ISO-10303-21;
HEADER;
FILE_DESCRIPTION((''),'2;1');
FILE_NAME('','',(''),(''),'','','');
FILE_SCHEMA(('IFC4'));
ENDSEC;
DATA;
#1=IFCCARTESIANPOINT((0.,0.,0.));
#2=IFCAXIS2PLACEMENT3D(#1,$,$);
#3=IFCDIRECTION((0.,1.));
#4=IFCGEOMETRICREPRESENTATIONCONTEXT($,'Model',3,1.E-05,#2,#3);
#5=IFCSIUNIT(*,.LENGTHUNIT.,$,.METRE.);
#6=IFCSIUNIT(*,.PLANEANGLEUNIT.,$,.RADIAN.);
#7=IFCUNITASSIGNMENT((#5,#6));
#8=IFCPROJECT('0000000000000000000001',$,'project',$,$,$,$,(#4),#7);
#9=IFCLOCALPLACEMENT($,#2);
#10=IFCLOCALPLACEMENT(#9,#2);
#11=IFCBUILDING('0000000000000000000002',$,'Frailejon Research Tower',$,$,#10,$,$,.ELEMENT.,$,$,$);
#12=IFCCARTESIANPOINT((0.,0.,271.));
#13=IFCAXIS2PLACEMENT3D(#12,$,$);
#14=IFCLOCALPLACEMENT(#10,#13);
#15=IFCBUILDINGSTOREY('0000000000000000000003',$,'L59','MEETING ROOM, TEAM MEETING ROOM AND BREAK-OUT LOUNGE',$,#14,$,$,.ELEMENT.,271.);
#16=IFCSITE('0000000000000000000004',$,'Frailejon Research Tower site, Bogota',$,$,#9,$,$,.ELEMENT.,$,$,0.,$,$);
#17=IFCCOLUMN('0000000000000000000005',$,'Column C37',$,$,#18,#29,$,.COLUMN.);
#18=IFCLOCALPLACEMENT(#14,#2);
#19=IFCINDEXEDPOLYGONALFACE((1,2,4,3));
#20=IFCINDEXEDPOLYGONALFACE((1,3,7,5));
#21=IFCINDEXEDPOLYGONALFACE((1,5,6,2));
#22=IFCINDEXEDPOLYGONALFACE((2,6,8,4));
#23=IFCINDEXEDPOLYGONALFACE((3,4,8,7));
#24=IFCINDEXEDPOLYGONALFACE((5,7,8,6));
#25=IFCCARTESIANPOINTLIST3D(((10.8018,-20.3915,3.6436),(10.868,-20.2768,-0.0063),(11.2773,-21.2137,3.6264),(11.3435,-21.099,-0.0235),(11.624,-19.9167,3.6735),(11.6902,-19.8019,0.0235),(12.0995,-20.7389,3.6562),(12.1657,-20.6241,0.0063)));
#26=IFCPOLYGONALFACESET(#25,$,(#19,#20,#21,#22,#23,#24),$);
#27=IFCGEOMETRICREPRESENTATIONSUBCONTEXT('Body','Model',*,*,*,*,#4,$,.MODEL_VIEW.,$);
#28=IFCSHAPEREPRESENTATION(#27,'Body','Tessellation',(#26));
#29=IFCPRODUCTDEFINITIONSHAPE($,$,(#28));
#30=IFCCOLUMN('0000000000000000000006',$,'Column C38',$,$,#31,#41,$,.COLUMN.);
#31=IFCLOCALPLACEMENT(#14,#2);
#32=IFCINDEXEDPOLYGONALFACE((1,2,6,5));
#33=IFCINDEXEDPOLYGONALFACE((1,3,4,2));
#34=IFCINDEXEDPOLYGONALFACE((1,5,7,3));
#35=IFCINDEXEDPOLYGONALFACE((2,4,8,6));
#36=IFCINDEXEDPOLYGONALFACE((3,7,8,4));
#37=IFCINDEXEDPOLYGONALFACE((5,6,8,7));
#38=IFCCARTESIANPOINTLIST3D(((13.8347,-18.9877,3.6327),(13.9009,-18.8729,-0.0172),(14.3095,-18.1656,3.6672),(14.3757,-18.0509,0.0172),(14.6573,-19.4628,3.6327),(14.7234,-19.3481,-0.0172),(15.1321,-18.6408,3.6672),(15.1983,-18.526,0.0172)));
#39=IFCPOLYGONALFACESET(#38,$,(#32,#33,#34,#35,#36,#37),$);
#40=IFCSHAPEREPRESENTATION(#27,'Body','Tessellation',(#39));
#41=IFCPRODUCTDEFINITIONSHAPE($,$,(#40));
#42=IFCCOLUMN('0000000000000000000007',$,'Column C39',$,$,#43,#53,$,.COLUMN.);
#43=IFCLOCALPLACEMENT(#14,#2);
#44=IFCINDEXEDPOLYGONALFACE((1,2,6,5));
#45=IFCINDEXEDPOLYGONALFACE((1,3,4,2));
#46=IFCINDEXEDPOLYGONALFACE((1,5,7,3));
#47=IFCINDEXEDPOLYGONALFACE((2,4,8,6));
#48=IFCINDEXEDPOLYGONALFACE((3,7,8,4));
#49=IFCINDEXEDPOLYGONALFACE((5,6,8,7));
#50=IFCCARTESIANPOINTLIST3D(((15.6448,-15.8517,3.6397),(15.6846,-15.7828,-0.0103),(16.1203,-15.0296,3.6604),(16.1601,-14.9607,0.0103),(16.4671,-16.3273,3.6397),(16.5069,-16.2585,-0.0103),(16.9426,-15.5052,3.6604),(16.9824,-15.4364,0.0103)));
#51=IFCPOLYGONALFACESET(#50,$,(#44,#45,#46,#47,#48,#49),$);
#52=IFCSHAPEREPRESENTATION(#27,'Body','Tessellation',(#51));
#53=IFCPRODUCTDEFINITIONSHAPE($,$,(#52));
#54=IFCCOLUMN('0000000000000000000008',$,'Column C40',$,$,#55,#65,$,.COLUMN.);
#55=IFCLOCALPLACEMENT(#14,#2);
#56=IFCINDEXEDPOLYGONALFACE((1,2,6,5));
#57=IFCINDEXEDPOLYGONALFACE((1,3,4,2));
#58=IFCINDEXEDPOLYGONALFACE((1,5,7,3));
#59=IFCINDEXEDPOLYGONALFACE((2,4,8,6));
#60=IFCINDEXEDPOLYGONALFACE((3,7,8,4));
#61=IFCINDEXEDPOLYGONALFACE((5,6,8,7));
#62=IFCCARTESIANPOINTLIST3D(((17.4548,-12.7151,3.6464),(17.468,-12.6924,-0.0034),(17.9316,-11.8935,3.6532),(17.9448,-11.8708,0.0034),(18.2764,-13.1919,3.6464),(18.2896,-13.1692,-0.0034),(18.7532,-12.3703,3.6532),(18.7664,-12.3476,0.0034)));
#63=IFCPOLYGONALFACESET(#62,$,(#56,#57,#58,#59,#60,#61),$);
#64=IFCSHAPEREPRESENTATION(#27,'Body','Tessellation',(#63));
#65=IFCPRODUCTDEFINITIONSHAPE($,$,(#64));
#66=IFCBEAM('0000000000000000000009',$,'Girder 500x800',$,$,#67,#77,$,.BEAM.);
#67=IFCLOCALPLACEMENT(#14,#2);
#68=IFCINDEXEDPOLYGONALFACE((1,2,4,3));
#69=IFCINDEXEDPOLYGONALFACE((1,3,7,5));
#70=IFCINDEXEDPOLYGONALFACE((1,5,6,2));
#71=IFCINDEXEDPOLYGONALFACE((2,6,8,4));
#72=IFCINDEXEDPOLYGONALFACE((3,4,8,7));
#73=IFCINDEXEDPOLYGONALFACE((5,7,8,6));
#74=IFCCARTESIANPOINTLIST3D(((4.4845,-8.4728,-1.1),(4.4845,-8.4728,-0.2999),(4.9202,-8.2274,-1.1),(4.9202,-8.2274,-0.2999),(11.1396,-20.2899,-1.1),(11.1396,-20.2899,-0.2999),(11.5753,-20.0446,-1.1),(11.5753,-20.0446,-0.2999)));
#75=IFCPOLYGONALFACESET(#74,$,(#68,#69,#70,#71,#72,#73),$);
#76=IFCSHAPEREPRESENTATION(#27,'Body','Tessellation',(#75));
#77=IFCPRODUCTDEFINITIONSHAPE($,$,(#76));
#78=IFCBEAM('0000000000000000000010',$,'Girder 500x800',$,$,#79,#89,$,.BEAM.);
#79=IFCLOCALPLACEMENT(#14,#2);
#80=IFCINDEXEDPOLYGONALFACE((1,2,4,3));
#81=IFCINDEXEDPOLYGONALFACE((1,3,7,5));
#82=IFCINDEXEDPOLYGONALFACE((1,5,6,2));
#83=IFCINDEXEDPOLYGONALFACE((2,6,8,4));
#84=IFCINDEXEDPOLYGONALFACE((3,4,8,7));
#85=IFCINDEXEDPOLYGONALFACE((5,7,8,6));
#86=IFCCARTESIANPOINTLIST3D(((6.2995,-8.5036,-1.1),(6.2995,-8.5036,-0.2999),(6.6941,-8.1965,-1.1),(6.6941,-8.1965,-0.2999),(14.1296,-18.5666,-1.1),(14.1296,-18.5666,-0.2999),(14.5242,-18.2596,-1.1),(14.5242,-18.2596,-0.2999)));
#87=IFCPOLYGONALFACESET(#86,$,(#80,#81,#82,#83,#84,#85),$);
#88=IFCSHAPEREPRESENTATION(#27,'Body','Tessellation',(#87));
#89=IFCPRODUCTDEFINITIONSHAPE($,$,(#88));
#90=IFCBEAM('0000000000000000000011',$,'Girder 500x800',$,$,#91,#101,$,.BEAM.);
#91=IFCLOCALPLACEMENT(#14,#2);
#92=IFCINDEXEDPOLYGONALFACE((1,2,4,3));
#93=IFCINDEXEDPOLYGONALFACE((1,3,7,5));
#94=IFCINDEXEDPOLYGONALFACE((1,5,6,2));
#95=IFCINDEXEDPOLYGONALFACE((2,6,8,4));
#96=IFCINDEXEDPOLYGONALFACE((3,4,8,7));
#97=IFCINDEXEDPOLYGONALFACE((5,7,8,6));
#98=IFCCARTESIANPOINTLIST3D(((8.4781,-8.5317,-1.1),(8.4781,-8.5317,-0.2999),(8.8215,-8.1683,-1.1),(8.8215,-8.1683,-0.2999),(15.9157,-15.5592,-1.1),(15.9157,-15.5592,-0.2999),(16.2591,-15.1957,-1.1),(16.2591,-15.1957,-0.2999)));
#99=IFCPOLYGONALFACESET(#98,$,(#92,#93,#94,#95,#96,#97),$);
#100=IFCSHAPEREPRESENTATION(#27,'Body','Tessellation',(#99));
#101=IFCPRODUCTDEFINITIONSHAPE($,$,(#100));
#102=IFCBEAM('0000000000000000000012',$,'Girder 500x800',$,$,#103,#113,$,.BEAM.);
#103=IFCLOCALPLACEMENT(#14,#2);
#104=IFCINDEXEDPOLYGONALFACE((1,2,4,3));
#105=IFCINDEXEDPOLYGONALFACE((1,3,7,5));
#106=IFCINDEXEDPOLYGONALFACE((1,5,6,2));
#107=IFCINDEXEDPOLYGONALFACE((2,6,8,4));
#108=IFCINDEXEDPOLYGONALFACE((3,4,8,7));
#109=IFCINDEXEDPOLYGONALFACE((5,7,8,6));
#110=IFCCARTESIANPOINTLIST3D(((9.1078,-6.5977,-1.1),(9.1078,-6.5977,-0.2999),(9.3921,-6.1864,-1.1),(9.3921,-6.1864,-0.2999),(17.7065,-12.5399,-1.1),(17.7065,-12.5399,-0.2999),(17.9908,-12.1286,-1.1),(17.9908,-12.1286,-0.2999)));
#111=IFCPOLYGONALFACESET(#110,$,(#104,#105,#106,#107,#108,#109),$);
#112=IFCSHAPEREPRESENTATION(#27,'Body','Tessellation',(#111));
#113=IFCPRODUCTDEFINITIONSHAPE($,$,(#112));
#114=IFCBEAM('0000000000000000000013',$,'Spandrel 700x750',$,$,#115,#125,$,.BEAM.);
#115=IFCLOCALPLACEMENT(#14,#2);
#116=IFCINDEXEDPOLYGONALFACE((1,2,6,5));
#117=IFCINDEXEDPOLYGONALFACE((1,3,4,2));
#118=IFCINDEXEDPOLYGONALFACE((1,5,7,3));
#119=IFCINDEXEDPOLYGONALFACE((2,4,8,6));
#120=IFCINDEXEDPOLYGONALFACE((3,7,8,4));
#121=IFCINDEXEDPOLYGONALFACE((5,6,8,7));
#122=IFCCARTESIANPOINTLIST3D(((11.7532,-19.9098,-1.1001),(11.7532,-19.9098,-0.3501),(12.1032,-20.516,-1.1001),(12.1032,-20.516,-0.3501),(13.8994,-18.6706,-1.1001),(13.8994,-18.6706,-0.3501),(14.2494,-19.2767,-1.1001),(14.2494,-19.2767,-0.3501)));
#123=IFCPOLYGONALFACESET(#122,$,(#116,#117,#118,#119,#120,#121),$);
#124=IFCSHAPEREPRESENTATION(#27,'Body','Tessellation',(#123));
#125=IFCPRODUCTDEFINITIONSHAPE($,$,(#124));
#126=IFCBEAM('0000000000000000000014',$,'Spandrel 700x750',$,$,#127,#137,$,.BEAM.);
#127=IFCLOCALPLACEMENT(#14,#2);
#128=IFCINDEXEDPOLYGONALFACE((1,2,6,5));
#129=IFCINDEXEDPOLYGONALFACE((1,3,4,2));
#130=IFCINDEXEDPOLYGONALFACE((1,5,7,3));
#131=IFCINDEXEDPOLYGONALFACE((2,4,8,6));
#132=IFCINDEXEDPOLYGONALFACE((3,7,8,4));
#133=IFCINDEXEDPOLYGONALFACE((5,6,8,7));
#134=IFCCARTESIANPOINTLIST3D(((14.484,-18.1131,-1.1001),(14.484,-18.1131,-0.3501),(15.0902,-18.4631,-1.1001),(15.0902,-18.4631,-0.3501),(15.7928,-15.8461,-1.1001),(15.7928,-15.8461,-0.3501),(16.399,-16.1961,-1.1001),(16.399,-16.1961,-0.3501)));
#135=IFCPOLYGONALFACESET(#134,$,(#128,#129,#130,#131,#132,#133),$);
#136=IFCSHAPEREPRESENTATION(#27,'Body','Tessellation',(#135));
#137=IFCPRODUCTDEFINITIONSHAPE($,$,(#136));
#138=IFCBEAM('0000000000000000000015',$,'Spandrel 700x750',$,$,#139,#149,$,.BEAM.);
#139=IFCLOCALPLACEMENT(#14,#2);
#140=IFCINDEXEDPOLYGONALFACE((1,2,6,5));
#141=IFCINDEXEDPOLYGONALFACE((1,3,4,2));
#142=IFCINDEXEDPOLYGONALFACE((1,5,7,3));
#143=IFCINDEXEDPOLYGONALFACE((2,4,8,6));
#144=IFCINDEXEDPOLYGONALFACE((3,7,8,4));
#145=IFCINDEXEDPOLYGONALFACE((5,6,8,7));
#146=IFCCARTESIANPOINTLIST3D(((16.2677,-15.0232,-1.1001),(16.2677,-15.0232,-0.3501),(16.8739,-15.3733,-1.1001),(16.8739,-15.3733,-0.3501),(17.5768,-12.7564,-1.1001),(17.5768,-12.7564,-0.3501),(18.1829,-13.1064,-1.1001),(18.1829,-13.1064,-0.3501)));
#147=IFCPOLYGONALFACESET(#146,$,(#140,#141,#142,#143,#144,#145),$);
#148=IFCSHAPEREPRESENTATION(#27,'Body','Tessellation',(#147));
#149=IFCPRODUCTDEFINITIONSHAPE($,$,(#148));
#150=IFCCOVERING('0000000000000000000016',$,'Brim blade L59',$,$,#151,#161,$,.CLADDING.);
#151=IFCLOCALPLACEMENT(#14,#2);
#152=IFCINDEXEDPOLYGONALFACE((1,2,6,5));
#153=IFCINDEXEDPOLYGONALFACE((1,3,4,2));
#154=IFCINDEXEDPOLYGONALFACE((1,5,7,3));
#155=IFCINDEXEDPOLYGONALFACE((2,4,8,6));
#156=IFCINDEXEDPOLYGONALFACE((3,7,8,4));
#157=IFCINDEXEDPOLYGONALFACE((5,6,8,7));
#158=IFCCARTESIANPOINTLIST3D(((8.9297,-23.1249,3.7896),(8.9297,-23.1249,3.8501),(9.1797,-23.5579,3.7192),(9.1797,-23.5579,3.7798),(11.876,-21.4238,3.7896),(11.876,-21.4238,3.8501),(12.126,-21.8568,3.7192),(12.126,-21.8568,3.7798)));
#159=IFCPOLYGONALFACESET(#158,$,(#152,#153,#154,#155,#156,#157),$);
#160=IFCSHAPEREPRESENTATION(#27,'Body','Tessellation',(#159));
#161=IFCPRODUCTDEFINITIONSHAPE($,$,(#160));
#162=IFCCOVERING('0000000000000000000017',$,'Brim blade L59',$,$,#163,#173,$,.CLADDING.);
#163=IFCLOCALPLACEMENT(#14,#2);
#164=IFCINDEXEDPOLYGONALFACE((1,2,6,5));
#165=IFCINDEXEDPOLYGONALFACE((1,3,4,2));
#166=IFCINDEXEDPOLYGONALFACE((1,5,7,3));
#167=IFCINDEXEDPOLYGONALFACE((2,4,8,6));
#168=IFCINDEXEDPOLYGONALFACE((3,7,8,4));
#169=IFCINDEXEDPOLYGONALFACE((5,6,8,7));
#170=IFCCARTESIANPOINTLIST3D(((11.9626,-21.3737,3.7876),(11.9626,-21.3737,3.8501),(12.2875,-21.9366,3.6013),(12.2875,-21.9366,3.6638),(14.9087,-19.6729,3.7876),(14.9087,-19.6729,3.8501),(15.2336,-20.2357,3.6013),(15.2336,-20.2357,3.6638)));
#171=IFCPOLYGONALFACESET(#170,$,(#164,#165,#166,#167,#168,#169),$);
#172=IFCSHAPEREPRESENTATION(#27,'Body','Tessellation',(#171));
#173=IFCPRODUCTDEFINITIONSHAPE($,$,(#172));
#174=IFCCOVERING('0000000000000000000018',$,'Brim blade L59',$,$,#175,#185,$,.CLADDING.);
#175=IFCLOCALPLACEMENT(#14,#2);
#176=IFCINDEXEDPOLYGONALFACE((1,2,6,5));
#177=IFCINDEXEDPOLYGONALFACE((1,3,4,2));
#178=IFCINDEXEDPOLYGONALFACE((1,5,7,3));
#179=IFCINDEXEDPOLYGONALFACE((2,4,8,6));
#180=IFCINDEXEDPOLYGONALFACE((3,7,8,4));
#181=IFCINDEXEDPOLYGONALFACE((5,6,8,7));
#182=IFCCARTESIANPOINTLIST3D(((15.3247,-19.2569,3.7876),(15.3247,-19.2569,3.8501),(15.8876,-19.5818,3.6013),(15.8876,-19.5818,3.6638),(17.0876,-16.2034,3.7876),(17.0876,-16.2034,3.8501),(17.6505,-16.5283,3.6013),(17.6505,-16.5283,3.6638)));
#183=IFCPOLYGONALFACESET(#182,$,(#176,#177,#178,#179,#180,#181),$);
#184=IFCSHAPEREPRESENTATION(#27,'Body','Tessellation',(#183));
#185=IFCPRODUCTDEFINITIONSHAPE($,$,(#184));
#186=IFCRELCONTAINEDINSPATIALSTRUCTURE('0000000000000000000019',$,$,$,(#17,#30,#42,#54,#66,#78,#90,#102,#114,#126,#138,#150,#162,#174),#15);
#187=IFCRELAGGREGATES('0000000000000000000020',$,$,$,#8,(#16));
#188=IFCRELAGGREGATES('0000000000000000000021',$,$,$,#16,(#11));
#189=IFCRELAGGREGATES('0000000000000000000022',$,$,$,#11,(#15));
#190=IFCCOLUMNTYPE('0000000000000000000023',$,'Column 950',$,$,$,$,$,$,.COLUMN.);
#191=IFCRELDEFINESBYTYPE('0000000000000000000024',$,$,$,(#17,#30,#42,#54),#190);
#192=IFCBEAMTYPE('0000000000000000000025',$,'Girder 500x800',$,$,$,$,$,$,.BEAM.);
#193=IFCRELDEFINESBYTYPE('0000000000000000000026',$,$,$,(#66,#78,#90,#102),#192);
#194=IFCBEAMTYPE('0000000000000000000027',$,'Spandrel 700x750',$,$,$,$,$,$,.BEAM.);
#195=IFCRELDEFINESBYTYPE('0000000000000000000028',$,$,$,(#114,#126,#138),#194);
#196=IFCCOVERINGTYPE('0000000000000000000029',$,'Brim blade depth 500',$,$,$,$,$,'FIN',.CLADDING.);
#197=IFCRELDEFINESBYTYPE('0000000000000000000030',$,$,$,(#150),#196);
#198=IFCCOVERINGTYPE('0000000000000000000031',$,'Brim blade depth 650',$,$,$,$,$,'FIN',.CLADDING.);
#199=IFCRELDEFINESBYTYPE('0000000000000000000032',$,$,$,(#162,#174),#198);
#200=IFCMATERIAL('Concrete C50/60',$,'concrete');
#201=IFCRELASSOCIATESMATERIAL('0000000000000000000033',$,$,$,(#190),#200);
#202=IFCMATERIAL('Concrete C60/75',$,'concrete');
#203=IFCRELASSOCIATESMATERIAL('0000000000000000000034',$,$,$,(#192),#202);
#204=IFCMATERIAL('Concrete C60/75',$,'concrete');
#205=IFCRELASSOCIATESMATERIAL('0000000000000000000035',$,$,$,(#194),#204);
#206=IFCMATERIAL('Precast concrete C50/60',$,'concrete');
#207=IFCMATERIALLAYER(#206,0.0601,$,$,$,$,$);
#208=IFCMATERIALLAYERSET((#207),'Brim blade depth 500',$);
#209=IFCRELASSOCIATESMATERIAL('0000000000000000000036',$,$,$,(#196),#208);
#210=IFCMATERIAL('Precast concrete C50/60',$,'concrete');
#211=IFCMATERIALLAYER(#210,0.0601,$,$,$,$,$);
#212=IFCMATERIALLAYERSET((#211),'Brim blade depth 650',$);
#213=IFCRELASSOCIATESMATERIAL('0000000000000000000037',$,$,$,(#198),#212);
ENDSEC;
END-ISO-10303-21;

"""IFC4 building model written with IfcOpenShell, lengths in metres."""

from ifc_helpers import new_model, si_unit, direction, frame, origin, origin_2d, place, context, subcontext, project, spatial, polyline, rectangle, outline, extrude, material, layer, layer_set, material_profile, profile_set, type_object, element, save


model = new_model("IFC4")

# Units and contexts
model_context = context("Model", 3, precision=1e-05, world=origin(), true_north=direction((0.0, 1.0)))
body_context = subcontext(model_context, "Body", "Model", "MODEL_VIEW")
ifc_project = project(units=[si_unit("LENGTHUNIT", "METRE"), si_unit("PLANEANGLEUNIT", "RADIAN")], contexts=[model_context])

# Site, building, storey
site_placement = place(None, origin())
site = spatial("IfcSite", under=ifc_project, at=site_placement, Name="Frailejon Research Tower site, Bogota", CompositionType="ELEMENT", RefElevation=0.0)
building_placement = place(site_placement, origin())
building = spatial("IfcBuilding", under=site, at=building_placement, Name="Frailejon Research Tower", CompositionType="ELEMENT")
storey_placement = place(building_placement, frame((0.0, 0.0, 271.0)))
storey = spatial("IfcBuildingStorey", under=building, at=storey_placement, Name="L59", Description="MEETING ROOM, TEAM MEETING ROOM AND BREAK-OUT LOUNGE", CompositionType="ELEMENT", Elevation=271.0)

# Columns
ifc_material_1 = material(Name="Concrete C50/60", Category="concrete")
ifc_material_profile_1 = material_profile(ifc_material_1, rectangle(XDim=0.95, YDim=0.95, at=origin_2d()), Name="Column 950")
ifc_profile_set_1 = profile_set([ifc_material_profile_1], Name="Concrete C50/60")
column_type = type_object("IfcColumnType", Name="Column 950", PredefinedType="COLUMN", material=ifc_profile_set_1)
for number, where, z_axis, x_axis, name in (
    (1, (11.5168, -20.4504, 0.0), (-0.018115, -0.031417, 0.999342), (0.86552, 0.499889, 0.031405), "Column C37"),
    (2, (14.5496, -18.6995, 0.0), (-0.018115, -0.031417, 0.999342), (0.499857, 0.865348, 0.036266), "Column C38"),
):
    element("IfcColumn", number, at=place(storey_placement, frame(where, z_axis=z_axis, x_axis=x_axis)), inside=storey, type_object=column_type, Name=name, PredefinedType="COLUMN", context=body_context, shape_type="SweptSolid", body=[
        extrude(rectangle(XDim=0.95, YDim=0.95, at=origin_2d()), origin(), (0.0, 0.0, 1.0), 3.6523),
    ])
column_1_placement = place(storey_placement, frame((16.3335, -15.6096, 0.0), z_axis=(-0.0109, -0.018858, 0.999763), x_axis=(0.50059, 0.86541, 0.021782)))
element("IfcColumn", 3, at=column_1_placement, inside=storey, type_object=column_type, Name="Column C39", PredefinedType="COLUMN", context=body_context, shape_type="SweptSolid", body=[
    extrude(rectangle(XDim=0.95, YDim=0.95, at=origin_2d()), origin(), (0.0, 0.0, 1.0), 3.6509),
])
column_2_placement = place(storey_placement, frame((18.1172, -12.52, 0.0), z_axis=(-0.003612, -0.006221, 0.999974), x_axis=(0.501902, 0.864894, 0.007193)))
element("IfcColumn", 4, at=column_2_placement, inside=storey, type_object=column_type, Name="Column C40", PredefinedType="COLUMN", context=body_context, shape_type="SweptSolid", body=[
    extrude(rectangle(XDim=0.95, YDim=0.95, at=origin_2d()), origin(), (0.0, 0.0, 1.0), 3.6499),
])

# Beams
ifc_material_2 = material(Name="Concrete C60/75", Category="concrete")
ifc_material_profile_2 = material_profile(ifc_material_2, rectangle(XDim=0.5, YDim=0.8, at=origin_2d()), Name="Girder 500x800")
ifc_profile_set_2 = profile_set([ifc_material_profile_2], Name="Concrete C60/75")
beam_type_1 = type_object("IfcBeamType", Name="Girder 500x800", PredefinedType="BEAM", material=ifc_profile_set_2)
beam_1_placement = place(storey_placement, frame((11.3574, -20.1672, -0.7), z_axis=(-0.490703, 0.871327, 0.0), x_axis=(-0.871327, -0.490703, 0.0)))
element("IfcBeam", 5, at=beam_1_placement, inside=storey, type_object=beam_type_1, Name="Girder 500x800", PredefinedType="BEAM", context=body_context, shape_type="SweptSolid", body=[
    extrude(rectangle(XDim=0.5, YDim=0.8, at=origin_2d()), origin(), (0.0, 0.0, 1.0), 13.5623),
])
beam_2_placement = place(storey_placement, frame((14.3269, -18.4131, -0.7), z_axis=(-0.614102, 0.789226, 0.0), x_axis=(-0.789226, -0.614102, 0.0)))
element("IfcBeam", 6, at=beam_2_placement, inside=storey, type_object=beam_type_1, Name="Girder 500x800", PredefinedType="BEAM", context=body_context, shape_type="SweptSolid", body=[
    extrude(rectangle(XDim=0.5, YDim=0.8, at=origin_2d()), origin(), (0.0, 0.0, 1.0), 12.7505),
])
beam_3_placement = place(storey_placement, frame((16.0874, -15.3774, -0.7), z_axis=(-0.726865, 0.68678, 0.0), x_axis=(-0.68678, -0.726865, 0.0)))
element("IfcBeam", 7, at=beam_3_placement, inside=storey, type_object=beam_type_1, Name="Girder 500x800", PredefinedType="BEAM", context=body_context, shape_type="SweptSolid", body=[
    extrude(rectangle(XDim=0.5, YDim=0.8, at=origin_2d()), origin(), (0.0, 0.0, 1.0), 10.2324),
])
beam_4_placement = place(storey_placement, frame((17.8486, -12.3342, -0.7), z_axis=(-0.822674, 0.568514, 0.0), x_axis=(-0.568514, -0.822674, 0.0)))
element("IfcBeam", 8, at=beam_4_placement, inside=storey, type_object=beam_type_1, Name="Girder 500x800", PredefinedType="BEAM", context=body_context, shape_type="SweptSolid", body=[
    extrude(rectangle(XDim=0.5, YDim=0.8, at=origin_2d()), origin(), (0.0, 0.0, 1.0), 10.4521),
])
ifc_material_3 = material(Name="Concrete C60/75", Category="concrete")
ifc_material_profile_3 = material_profile(ifc_material_3, rectangle(XDim=0.7, YDim=0.75, at=origin_2d()), Name="Spandrel 700x750")
ifc_profile_set_3 = profile_set([ifc_material_profile_3], Name="Concrete C60/75")
beam_type_2 = type_object("IfcBeamType", Name="Spandrel 700x750", PredefinedType="BEAM", material=ifc_profile_set_3)
beam_5_placement = place(storey_placement, frame((11.9282, -20.2129, -0.7251), z_axis=(0.866003, 0.500038, 0.0), x_axis=(-0.500038, 0.866003, 0.0)))
element("IfcBeam", 9, at=beam_5_placement, inside=storey, type_object=beam_type_2, Name="Spandrel 700x750", PredefinedType="BEAM", context=body_context, shape_type="SweptSolid", body=[
    extrude(rectangle(XDim=0.7, YDim=0.75, at=origin_2d()), origin(), (0.0, 0.0, 1.0), 2.4783),
])
for number, where, z_axis, x_axis, name in (
    (10, (14.7871, -18.2881, -0.7251), (0.499981, 0.866036, 0.0), (-0.866036, 0.499981, 0.0), "Spandrel 700x750"),
    (11, (16.5708, -15.1982, -0.7251), (0.500091, 0.865973, 0.0), (-0.865973, 0.500091, 0.0), "Spandrel 700x750"),
):
    element("IfcBeam", number, at=place(storey_placement, frame(where, z_axis=z_axis, x_axis=x_axis)), inside=storey, type_object=beam_type_2, Name=name, PredefinedType="BEAM", context=body_context, shape_type="SweptSolid", body=[
        extrude(rectangle(XDim=0.7, YDim=0.75, at=origin_2d()), origin(), (0.0, 0.0, 1.0), 2.6177),
    ])

# Coverings
ifc_material_4 = material(Name="Precast concrete C50/60", Category="concrete")
ifc_layer_1 = layer(ifc_material_4, 0.0601)
ifc_layer_set_1 = layer_set([ifc_layer_1], Name="Brim blade depth 500")
covering_type_1 = type_object("IfcCoveringType", Name="Brim blade depth 500", ElementType="FIN", PredefinedType="CLADDING", material=ifc_layer_set_1)
covering_1_placement = place(storey_placement, frame((11.876, -21.4238, 3.8501), z_axis=(-0.866024, -0.500003, 0.0), x_axis=(0.500003, -0.866024, 0.0)))
element("IfcCovering", 12, at=covering_1_placement, inside=storey, type_object=covering_type_1, Name="Brim blade L59", PredefinedType="CLADDING", context=body_context, shape_type="SweptSolid", body=[
    extrude(outline(polyline([(0.0, -0.0605), (0.5, -0.1309), (0.5, -0.0703), (0.0, 0.0), (0.0, -0.0605)])), origin(), (0.0, 0.0, 1.0), 3.4021),
])
ifc_material_5 = material(Name="Precast concrete C50/60", Category="concrete")
ifc_layer_2 = layer(ifc_material_5, 0.0601)
ifc_layer_set_2 = layer_set([ifc_layer_2], Name="Brim blade depth 650")
covering_type_2 = type_object("IfcCoveringType", Name="Brim blade depth 650", ElementType="FIN", PredefinedType="CLADDING", material=ifc_layer_set_2)
covering_2_placement = place(storey_placement, frame((14.9087, -19.6729, 3.8501), z_axis=(-0.866036, -0.499981, 0.0), x_axis=(0.499981, -0.866036, 0.0)))
element("IfcCovering", 13, at=covering_2_placement, inside=storey, type_object=covering_type_2, Name="Brim blade L59", PredefinedType="CLADDING", context=body_context, shape_type="SweptSolid", body=[
    extrude(outline(polyline([(0.0, -0.0625), (0.6499, -0.2488), (0.6499, -0.1863), (0.0, 0.0), (0.0, -0.0625)])), origin(), (0.0, 0.0, 1.0), 3.4019),
])
covering_3_placement = place(storey_placement, frame((17.0876, -16.2034, 3.8501), z_axis=(-0.499992, -0.86603, 0.0), x_axis=(0.86603, -0.499992, 0.0)))
element("IfcCovering", 14, at=covering_3_placement, inside=storey, type_object=covering_type_2, Name="Brim blade L59", PredefinedType="CLADDING", context=body_context, shape_type="SweptSolid", body=[
    extrude(outline(polyline([(0.0, -0.0625), (0.6499, -0.2488), (0.6499, -0.1863), (0.0, 0.0), (0.0, -0.0625)])), origin(), (0.0, 0.0, 1.0), 3.5259),
])

save(model, "model.ifc")
